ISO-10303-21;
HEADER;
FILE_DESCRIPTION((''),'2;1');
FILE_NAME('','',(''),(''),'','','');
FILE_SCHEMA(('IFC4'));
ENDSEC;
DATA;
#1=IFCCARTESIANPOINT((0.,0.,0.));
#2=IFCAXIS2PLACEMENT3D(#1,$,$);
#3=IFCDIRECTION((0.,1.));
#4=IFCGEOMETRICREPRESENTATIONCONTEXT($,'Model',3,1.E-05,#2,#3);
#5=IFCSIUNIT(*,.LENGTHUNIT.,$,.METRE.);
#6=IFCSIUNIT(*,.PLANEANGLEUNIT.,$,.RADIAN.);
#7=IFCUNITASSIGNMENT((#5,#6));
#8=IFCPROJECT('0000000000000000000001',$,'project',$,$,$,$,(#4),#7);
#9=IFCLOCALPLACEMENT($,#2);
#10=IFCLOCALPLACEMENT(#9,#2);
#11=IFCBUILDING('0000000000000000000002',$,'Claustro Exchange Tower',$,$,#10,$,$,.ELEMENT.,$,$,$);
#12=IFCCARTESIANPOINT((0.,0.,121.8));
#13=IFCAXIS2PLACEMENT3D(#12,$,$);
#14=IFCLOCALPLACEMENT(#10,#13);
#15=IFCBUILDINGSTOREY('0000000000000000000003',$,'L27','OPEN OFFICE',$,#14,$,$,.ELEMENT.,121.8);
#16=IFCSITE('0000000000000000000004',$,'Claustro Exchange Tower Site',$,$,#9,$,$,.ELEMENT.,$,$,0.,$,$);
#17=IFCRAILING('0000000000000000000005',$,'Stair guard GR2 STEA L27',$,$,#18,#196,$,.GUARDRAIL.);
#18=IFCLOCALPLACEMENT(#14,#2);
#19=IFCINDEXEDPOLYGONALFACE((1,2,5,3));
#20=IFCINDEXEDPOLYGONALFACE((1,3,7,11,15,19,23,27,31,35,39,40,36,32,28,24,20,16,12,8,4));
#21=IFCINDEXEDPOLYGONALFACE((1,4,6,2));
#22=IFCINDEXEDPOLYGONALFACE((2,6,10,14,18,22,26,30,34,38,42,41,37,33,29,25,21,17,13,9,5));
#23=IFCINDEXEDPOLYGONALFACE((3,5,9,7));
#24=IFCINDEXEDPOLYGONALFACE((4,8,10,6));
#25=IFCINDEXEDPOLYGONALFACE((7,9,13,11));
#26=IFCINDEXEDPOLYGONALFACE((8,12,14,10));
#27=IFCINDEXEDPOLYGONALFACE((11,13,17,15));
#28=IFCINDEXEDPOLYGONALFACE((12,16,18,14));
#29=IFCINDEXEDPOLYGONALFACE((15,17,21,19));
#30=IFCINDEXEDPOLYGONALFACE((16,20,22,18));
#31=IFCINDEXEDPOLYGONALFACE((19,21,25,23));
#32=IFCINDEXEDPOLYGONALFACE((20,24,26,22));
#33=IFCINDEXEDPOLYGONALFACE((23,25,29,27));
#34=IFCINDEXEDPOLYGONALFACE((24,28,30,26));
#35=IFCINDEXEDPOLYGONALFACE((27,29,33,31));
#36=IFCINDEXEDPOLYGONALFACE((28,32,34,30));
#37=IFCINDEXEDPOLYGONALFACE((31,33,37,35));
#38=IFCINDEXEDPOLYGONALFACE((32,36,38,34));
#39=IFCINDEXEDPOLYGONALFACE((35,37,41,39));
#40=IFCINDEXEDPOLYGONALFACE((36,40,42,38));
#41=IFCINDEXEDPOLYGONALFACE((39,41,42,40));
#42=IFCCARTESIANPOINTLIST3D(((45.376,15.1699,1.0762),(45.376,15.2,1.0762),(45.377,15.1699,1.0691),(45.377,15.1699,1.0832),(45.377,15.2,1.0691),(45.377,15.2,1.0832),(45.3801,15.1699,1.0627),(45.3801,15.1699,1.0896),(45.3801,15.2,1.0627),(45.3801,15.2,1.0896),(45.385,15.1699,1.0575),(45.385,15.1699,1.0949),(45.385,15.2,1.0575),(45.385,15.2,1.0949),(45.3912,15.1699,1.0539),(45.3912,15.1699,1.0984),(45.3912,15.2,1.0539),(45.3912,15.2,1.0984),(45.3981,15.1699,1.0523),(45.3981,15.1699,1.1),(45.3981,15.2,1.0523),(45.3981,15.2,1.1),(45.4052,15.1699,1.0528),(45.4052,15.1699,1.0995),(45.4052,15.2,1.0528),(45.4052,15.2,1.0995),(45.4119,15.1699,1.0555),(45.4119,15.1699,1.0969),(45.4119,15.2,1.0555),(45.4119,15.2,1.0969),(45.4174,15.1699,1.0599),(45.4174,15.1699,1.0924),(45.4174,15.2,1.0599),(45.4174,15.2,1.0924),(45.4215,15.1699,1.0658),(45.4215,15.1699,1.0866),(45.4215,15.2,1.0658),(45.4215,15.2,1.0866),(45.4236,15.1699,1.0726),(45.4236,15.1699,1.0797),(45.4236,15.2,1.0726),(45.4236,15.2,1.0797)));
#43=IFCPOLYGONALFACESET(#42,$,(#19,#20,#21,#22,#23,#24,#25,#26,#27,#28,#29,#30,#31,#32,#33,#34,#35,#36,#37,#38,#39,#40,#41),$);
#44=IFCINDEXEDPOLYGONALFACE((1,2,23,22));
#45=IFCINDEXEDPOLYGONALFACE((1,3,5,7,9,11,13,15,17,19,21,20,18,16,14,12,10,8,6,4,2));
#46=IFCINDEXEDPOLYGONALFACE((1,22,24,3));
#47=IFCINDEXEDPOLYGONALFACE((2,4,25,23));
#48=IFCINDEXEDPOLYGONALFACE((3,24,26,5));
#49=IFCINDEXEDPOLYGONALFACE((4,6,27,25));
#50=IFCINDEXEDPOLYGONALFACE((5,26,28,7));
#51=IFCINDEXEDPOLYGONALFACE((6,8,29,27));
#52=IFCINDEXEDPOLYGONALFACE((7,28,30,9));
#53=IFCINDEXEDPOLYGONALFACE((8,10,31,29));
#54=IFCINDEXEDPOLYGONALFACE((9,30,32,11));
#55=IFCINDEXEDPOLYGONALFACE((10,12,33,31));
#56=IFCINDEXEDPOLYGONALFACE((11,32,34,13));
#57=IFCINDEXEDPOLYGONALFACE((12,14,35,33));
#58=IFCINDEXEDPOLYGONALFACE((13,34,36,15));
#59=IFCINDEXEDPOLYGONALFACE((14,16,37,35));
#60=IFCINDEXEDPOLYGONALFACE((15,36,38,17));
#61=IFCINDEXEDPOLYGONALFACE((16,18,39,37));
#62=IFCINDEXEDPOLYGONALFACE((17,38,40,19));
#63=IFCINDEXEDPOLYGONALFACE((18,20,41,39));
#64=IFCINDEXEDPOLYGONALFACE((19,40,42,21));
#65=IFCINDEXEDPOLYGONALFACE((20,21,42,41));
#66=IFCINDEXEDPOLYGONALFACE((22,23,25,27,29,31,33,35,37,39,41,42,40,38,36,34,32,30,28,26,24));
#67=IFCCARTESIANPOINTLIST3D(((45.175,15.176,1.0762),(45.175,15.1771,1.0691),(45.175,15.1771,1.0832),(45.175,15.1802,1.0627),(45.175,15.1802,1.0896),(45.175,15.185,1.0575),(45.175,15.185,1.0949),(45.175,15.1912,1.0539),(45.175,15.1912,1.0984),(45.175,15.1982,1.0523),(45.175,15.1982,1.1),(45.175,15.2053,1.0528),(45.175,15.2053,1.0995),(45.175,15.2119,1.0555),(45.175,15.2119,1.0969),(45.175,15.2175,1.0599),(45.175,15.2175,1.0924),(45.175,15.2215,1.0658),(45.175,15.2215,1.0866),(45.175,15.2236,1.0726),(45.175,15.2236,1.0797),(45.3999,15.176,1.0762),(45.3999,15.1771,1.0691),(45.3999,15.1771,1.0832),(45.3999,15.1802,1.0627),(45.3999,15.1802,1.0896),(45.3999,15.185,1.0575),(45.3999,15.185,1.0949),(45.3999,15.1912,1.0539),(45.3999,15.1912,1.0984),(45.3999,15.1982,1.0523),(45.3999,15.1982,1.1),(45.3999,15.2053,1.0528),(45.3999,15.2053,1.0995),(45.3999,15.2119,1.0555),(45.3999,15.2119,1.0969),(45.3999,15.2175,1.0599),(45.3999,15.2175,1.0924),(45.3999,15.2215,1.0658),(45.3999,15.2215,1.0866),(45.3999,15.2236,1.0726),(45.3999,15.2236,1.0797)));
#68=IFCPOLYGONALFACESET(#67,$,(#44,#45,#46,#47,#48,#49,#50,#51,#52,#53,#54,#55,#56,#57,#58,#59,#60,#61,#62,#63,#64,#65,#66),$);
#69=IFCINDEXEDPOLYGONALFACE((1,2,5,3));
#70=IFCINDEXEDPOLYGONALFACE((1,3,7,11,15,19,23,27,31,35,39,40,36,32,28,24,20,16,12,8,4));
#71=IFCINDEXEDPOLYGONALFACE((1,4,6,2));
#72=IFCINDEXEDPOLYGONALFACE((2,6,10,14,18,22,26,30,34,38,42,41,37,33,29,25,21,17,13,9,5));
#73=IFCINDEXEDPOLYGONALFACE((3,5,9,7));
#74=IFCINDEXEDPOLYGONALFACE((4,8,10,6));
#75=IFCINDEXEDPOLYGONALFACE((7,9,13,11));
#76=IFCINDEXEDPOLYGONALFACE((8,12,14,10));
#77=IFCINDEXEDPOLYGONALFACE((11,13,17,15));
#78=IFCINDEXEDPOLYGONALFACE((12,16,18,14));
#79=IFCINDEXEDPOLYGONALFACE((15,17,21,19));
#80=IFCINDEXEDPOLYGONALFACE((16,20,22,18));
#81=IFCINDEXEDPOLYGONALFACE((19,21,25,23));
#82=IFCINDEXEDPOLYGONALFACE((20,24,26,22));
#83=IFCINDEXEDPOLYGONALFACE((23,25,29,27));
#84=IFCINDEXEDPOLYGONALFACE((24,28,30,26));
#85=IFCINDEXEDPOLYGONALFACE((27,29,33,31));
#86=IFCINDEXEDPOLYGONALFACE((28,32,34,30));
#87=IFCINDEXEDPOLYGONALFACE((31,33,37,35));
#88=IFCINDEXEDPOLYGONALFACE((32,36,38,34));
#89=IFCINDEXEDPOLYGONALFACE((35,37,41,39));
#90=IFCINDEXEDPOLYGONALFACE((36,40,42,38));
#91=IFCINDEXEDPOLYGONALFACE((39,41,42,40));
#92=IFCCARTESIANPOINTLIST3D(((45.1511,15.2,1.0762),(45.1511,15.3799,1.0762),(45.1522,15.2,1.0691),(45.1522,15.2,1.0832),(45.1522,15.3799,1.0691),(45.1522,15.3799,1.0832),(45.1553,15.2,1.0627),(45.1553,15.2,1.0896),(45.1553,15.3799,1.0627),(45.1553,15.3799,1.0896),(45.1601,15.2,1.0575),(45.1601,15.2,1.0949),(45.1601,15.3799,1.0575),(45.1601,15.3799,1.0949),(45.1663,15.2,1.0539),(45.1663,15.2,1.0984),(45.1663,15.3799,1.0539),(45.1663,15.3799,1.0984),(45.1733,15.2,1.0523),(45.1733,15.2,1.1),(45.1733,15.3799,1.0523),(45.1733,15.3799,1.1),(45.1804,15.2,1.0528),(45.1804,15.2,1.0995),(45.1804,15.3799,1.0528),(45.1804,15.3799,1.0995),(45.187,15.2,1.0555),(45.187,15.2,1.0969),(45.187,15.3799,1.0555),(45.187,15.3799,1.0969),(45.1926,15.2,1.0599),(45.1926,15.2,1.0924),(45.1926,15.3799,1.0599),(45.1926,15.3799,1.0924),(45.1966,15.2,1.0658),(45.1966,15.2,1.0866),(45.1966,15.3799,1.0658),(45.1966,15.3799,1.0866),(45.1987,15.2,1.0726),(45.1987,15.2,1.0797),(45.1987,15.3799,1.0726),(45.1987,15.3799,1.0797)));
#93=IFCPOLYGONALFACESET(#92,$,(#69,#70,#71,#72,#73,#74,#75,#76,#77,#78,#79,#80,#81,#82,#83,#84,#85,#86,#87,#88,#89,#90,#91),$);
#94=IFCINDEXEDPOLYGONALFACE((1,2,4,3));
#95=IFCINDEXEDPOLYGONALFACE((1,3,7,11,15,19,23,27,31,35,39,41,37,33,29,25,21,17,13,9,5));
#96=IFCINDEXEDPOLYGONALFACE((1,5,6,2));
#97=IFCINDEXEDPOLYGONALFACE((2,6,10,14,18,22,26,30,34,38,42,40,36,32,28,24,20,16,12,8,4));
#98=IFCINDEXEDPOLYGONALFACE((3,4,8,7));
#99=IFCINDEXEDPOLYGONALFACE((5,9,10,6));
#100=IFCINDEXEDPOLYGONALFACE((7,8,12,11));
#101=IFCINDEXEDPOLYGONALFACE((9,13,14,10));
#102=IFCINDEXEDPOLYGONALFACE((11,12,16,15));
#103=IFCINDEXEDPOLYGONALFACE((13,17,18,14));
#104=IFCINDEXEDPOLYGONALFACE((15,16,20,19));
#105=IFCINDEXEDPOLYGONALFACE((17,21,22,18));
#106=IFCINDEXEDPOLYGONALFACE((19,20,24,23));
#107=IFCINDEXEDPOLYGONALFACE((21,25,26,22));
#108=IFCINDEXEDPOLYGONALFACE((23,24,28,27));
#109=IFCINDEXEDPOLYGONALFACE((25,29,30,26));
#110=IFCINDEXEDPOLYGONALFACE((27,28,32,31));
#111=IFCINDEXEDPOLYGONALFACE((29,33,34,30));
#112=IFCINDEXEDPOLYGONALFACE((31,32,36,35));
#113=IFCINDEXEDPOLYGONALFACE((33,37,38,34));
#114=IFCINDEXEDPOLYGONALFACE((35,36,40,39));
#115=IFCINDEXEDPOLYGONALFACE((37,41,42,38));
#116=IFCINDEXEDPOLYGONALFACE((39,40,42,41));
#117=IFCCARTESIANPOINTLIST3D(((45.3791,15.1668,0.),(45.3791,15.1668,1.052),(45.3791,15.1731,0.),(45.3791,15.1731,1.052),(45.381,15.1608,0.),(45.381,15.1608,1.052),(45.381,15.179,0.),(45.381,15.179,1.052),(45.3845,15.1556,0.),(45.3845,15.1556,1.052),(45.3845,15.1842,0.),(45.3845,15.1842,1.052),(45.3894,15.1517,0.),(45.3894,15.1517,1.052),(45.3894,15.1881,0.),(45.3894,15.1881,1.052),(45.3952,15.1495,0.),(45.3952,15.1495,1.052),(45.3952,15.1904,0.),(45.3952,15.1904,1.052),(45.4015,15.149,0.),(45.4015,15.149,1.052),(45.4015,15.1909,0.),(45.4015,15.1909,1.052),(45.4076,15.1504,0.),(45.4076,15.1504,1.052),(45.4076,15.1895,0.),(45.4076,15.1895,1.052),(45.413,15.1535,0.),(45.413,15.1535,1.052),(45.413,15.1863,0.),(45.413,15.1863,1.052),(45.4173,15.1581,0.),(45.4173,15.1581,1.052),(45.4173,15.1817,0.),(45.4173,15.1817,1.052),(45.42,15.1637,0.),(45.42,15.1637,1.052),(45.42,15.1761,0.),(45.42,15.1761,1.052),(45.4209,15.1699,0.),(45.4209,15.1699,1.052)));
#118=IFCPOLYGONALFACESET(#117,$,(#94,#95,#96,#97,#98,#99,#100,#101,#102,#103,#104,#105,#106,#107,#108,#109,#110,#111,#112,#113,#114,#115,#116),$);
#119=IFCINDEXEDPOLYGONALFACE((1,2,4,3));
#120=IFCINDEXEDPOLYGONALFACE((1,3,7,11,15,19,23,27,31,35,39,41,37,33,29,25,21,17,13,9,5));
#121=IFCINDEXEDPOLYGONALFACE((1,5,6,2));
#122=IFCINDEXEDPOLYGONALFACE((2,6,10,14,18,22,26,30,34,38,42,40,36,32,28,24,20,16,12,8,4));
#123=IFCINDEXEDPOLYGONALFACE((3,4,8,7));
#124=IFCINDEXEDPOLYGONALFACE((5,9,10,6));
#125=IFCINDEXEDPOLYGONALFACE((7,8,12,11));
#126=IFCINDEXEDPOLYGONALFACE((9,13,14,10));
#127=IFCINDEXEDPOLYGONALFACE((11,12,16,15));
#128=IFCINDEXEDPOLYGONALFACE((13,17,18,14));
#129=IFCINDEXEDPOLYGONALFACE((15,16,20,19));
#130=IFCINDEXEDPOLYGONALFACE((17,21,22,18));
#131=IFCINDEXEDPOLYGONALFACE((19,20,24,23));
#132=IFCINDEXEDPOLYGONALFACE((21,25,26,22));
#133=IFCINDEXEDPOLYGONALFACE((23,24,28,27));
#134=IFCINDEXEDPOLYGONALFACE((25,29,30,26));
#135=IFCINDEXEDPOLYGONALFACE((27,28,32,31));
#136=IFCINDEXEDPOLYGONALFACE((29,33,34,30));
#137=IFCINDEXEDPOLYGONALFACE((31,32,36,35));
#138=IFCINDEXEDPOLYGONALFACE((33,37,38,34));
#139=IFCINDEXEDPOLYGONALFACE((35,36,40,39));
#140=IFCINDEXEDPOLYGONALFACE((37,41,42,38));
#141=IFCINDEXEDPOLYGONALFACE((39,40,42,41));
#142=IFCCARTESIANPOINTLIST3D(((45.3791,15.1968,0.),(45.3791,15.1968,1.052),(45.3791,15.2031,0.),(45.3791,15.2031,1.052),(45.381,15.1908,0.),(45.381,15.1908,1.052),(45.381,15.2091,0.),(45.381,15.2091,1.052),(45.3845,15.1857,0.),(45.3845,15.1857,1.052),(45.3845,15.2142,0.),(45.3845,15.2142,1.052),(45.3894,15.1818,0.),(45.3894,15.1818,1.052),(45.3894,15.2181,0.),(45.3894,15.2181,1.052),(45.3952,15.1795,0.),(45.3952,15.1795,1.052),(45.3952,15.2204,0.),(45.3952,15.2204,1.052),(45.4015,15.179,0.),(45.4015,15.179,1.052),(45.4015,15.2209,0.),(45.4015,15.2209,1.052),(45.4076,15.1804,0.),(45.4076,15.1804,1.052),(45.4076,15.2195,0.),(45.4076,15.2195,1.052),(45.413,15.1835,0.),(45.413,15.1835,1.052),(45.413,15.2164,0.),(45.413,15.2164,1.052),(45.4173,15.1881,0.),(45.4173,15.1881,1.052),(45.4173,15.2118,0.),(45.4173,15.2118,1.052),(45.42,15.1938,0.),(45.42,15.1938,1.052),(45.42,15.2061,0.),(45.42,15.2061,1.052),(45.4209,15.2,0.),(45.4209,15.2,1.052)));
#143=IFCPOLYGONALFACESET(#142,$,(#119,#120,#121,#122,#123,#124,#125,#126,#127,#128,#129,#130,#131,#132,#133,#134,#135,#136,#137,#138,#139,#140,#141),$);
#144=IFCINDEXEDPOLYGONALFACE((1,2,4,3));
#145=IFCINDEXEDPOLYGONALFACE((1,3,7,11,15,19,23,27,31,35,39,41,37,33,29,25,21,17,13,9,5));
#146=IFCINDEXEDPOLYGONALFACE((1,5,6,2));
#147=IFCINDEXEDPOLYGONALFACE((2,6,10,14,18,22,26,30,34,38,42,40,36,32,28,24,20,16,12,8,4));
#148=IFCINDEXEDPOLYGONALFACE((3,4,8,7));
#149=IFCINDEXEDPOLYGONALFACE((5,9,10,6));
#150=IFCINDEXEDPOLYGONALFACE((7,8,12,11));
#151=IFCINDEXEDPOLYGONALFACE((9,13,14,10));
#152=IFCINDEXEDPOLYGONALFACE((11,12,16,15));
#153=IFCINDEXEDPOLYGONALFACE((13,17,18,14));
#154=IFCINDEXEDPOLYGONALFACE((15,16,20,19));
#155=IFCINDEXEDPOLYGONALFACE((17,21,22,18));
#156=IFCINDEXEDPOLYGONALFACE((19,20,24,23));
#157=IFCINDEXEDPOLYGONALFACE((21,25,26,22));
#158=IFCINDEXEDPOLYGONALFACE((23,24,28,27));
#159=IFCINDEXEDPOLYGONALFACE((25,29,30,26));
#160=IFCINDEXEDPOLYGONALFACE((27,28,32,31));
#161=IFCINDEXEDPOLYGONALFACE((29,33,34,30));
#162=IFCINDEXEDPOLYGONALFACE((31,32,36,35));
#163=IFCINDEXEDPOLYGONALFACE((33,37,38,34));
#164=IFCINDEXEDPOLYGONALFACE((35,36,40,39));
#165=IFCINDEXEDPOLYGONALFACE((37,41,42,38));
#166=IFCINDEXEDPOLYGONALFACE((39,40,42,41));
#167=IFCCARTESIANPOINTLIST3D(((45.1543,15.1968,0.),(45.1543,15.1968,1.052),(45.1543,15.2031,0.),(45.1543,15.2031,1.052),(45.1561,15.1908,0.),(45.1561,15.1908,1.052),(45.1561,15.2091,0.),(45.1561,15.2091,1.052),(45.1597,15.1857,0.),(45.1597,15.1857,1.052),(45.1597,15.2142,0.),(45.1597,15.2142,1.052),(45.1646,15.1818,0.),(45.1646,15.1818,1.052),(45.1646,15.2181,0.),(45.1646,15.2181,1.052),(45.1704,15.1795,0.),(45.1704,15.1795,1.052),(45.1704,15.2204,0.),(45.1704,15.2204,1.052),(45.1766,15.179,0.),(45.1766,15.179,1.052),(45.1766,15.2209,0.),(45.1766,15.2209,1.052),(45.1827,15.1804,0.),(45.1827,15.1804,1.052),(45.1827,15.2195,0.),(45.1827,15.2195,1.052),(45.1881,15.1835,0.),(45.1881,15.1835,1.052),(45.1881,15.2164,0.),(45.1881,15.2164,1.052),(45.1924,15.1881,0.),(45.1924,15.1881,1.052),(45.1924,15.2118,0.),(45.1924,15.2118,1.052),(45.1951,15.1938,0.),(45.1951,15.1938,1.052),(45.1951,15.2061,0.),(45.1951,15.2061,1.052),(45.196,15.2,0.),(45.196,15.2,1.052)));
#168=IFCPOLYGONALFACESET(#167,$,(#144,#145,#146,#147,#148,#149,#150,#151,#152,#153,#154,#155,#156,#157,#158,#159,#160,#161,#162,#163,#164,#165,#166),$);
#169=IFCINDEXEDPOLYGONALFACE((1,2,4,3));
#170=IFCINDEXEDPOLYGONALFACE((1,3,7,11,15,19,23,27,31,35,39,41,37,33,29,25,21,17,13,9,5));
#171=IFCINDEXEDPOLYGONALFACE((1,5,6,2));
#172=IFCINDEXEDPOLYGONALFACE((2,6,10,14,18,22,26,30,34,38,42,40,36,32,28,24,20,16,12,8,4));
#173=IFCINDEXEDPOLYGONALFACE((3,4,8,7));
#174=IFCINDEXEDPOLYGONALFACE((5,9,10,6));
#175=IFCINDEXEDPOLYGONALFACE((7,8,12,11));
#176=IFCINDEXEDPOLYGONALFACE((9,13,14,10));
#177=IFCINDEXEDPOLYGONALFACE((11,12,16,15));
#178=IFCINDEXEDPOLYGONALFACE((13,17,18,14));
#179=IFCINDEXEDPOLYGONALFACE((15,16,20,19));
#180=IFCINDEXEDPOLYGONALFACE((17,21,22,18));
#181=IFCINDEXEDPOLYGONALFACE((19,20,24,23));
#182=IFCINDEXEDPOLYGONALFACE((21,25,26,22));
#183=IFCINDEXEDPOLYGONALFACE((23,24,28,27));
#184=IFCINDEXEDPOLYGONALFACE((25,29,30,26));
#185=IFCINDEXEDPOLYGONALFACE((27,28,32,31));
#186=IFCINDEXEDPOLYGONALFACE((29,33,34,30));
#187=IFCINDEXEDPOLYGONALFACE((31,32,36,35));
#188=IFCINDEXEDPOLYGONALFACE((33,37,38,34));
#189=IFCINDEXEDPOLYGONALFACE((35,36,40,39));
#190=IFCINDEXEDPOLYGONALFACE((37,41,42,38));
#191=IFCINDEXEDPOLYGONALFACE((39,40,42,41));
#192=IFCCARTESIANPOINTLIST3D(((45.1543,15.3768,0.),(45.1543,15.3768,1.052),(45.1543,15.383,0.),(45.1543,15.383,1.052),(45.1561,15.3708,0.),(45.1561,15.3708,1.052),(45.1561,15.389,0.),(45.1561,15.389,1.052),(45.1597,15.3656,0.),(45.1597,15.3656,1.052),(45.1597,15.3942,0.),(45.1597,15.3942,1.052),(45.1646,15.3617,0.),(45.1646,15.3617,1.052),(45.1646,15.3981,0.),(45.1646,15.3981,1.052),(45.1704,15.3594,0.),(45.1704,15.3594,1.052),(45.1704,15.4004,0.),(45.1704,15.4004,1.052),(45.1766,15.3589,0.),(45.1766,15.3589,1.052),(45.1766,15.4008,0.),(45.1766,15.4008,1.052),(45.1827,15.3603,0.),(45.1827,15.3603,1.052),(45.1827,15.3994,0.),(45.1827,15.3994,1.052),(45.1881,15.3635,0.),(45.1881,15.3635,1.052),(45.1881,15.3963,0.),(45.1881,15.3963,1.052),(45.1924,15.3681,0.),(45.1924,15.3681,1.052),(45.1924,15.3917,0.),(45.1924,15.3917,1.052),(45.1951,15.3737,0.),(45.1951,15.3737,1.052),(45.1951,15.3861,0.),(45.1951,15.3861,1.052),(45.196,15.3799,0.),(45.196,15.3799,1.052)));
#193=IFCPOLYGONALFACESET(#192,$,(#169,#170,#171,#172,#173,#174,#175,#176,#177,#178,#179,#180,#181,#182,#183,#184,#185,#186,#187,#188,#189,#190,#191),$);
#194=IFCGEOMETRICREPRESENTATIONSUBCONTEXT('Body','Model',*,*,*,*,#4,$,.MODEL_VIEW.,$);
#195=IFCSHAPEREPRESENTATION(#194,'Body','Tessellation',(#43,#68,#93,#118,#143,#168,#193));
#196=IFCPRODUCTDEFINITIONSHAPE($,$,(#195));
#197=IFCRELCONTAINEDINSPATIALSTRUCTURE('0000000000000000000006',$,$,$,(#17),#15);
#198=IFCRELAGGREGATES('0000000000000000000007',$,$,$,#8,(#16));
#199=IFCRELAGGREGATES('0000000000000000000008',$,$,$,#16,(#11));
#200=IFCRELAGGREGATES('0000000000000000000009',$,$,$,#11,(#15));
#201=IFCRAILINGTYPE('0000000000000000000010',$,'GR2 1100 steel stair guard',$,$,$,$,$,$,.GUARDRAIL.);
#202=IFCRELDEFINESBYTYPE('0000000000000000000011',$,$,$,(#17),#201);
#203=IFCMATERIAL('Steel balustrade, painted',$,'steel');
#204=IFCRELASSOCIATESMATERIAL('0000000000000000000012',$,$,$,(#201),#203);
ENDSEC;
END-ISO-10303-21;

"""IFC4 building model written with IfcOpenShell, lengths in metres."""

from ifc_helpers import new_model, si_unit, direction, frame, origin, origin_2d, place, context, subcontext, project, spatial, circle, extrude, material, type_object, element, save


model = new_model("IFC4")

# Units and contexts
model_context = context("Model", 3, precision=1e-05, world=origin(), true_north=direction((0.0, 1.0)))
body_context = subcontext(model_context, "Body", "Model", "MODEL_VIEW")
ifc_project = project(units=[si_unit("LENGTHUNIT", "METRE"), si_unit("PLANEANGLEUNIT", "RADIAN")], contexts=[model_context])

# Site, building, storey
site_placement = place(None, origin())
site = spatial("IfcSite", under=ifc_project, at=site_placement, Name="Claustro Exchange Tower Site", CompositionType="ELEMENT", RefElevation=0.0)
building_placement = place(site_placement, origin())
building = spatial("IfcBuilding", under=site, at=building_placement, Name="Claustro Exchange Tower", CompositionType="ELEMENT")
storey_placement = place(building_placement, frame((0.0, 0.0, 121.8)))
storey = spatial("IfcBuildingStorey", under=building, at=storey_placement, Name="L27", Description="OPEN OFFICE", CompositionType="ELEMENT", Elevation=121.8)

# Railing
ifc_material_1 = material(Name="Steel balustrade, painted", Category="steel")
railing_type_1 = type_object("IfcRailingType", Name="GR2 1100 steel stair guard", PredefinedType="GUARDRAIL", material=ifc_material_1)
railing_1_placement = place(storey_placement, frame((45.3999, 15.1699, 0.0)))
element("IfcRailing", 1, at=railing_1_placement, inside=storey, type_object=railing_type_1, Name="Stair guard GR2 STEA L27", PredefinedType="GUARDRAIL", context=body_context, shape_type="SweptSolid", body=[
    extrude(circle(Radius=0.0239, at=origin_2d()), frame((0.0, 0.0, 1.0762), z_axis=(0.0, 1.0, 0.0), x_axis=(-1.0, 0.0, 0.0)), (0.0, 0.0, 1.0), 0.03),
    extrude(circle(Radius=0.0239, at=origin_2d()), frame((0.0, 0.03, 1.0762), z_axis=(-1.0, 0.0, 0.0), x_axis=(0.0, -1.0, 0.0)), (0.0, 0.0, 1.0), 0.2249),
    extrude(circle(Radius=0.0239, at=origin_2d()), frame((-0.2249, 0.03, 1.0762), z_axis=(0.0, 1.0, 0.0), x_axis=(-1.0, 0.0, 0.0)), (0.0, 0.0, 1.0), 0.1799),
    extrude(circle(Radius=0.021, at=origin_2d()), origin(), (0.0, 0.0, 1.0), 1.052),
    extrude(circle(Radius=0.021, at=origin_2d()), frame((0.0, 0.03, 0.0)), (0.0, 0.0, 1.0), 1.052),
    extrude(circle(Radius=0.021, at=origin_2d()), frame((-0.2249, 0.03, 0.0)), (0.0, 0.0, 1.0), 1.052),
    extrude(circle(Radius=0.021, at=origin_2d()), frame((-0.2249, 0.21, 0.0)), (0.0, 0.0, 1.0), 1.052),
])

save(model, "model.ifc")
